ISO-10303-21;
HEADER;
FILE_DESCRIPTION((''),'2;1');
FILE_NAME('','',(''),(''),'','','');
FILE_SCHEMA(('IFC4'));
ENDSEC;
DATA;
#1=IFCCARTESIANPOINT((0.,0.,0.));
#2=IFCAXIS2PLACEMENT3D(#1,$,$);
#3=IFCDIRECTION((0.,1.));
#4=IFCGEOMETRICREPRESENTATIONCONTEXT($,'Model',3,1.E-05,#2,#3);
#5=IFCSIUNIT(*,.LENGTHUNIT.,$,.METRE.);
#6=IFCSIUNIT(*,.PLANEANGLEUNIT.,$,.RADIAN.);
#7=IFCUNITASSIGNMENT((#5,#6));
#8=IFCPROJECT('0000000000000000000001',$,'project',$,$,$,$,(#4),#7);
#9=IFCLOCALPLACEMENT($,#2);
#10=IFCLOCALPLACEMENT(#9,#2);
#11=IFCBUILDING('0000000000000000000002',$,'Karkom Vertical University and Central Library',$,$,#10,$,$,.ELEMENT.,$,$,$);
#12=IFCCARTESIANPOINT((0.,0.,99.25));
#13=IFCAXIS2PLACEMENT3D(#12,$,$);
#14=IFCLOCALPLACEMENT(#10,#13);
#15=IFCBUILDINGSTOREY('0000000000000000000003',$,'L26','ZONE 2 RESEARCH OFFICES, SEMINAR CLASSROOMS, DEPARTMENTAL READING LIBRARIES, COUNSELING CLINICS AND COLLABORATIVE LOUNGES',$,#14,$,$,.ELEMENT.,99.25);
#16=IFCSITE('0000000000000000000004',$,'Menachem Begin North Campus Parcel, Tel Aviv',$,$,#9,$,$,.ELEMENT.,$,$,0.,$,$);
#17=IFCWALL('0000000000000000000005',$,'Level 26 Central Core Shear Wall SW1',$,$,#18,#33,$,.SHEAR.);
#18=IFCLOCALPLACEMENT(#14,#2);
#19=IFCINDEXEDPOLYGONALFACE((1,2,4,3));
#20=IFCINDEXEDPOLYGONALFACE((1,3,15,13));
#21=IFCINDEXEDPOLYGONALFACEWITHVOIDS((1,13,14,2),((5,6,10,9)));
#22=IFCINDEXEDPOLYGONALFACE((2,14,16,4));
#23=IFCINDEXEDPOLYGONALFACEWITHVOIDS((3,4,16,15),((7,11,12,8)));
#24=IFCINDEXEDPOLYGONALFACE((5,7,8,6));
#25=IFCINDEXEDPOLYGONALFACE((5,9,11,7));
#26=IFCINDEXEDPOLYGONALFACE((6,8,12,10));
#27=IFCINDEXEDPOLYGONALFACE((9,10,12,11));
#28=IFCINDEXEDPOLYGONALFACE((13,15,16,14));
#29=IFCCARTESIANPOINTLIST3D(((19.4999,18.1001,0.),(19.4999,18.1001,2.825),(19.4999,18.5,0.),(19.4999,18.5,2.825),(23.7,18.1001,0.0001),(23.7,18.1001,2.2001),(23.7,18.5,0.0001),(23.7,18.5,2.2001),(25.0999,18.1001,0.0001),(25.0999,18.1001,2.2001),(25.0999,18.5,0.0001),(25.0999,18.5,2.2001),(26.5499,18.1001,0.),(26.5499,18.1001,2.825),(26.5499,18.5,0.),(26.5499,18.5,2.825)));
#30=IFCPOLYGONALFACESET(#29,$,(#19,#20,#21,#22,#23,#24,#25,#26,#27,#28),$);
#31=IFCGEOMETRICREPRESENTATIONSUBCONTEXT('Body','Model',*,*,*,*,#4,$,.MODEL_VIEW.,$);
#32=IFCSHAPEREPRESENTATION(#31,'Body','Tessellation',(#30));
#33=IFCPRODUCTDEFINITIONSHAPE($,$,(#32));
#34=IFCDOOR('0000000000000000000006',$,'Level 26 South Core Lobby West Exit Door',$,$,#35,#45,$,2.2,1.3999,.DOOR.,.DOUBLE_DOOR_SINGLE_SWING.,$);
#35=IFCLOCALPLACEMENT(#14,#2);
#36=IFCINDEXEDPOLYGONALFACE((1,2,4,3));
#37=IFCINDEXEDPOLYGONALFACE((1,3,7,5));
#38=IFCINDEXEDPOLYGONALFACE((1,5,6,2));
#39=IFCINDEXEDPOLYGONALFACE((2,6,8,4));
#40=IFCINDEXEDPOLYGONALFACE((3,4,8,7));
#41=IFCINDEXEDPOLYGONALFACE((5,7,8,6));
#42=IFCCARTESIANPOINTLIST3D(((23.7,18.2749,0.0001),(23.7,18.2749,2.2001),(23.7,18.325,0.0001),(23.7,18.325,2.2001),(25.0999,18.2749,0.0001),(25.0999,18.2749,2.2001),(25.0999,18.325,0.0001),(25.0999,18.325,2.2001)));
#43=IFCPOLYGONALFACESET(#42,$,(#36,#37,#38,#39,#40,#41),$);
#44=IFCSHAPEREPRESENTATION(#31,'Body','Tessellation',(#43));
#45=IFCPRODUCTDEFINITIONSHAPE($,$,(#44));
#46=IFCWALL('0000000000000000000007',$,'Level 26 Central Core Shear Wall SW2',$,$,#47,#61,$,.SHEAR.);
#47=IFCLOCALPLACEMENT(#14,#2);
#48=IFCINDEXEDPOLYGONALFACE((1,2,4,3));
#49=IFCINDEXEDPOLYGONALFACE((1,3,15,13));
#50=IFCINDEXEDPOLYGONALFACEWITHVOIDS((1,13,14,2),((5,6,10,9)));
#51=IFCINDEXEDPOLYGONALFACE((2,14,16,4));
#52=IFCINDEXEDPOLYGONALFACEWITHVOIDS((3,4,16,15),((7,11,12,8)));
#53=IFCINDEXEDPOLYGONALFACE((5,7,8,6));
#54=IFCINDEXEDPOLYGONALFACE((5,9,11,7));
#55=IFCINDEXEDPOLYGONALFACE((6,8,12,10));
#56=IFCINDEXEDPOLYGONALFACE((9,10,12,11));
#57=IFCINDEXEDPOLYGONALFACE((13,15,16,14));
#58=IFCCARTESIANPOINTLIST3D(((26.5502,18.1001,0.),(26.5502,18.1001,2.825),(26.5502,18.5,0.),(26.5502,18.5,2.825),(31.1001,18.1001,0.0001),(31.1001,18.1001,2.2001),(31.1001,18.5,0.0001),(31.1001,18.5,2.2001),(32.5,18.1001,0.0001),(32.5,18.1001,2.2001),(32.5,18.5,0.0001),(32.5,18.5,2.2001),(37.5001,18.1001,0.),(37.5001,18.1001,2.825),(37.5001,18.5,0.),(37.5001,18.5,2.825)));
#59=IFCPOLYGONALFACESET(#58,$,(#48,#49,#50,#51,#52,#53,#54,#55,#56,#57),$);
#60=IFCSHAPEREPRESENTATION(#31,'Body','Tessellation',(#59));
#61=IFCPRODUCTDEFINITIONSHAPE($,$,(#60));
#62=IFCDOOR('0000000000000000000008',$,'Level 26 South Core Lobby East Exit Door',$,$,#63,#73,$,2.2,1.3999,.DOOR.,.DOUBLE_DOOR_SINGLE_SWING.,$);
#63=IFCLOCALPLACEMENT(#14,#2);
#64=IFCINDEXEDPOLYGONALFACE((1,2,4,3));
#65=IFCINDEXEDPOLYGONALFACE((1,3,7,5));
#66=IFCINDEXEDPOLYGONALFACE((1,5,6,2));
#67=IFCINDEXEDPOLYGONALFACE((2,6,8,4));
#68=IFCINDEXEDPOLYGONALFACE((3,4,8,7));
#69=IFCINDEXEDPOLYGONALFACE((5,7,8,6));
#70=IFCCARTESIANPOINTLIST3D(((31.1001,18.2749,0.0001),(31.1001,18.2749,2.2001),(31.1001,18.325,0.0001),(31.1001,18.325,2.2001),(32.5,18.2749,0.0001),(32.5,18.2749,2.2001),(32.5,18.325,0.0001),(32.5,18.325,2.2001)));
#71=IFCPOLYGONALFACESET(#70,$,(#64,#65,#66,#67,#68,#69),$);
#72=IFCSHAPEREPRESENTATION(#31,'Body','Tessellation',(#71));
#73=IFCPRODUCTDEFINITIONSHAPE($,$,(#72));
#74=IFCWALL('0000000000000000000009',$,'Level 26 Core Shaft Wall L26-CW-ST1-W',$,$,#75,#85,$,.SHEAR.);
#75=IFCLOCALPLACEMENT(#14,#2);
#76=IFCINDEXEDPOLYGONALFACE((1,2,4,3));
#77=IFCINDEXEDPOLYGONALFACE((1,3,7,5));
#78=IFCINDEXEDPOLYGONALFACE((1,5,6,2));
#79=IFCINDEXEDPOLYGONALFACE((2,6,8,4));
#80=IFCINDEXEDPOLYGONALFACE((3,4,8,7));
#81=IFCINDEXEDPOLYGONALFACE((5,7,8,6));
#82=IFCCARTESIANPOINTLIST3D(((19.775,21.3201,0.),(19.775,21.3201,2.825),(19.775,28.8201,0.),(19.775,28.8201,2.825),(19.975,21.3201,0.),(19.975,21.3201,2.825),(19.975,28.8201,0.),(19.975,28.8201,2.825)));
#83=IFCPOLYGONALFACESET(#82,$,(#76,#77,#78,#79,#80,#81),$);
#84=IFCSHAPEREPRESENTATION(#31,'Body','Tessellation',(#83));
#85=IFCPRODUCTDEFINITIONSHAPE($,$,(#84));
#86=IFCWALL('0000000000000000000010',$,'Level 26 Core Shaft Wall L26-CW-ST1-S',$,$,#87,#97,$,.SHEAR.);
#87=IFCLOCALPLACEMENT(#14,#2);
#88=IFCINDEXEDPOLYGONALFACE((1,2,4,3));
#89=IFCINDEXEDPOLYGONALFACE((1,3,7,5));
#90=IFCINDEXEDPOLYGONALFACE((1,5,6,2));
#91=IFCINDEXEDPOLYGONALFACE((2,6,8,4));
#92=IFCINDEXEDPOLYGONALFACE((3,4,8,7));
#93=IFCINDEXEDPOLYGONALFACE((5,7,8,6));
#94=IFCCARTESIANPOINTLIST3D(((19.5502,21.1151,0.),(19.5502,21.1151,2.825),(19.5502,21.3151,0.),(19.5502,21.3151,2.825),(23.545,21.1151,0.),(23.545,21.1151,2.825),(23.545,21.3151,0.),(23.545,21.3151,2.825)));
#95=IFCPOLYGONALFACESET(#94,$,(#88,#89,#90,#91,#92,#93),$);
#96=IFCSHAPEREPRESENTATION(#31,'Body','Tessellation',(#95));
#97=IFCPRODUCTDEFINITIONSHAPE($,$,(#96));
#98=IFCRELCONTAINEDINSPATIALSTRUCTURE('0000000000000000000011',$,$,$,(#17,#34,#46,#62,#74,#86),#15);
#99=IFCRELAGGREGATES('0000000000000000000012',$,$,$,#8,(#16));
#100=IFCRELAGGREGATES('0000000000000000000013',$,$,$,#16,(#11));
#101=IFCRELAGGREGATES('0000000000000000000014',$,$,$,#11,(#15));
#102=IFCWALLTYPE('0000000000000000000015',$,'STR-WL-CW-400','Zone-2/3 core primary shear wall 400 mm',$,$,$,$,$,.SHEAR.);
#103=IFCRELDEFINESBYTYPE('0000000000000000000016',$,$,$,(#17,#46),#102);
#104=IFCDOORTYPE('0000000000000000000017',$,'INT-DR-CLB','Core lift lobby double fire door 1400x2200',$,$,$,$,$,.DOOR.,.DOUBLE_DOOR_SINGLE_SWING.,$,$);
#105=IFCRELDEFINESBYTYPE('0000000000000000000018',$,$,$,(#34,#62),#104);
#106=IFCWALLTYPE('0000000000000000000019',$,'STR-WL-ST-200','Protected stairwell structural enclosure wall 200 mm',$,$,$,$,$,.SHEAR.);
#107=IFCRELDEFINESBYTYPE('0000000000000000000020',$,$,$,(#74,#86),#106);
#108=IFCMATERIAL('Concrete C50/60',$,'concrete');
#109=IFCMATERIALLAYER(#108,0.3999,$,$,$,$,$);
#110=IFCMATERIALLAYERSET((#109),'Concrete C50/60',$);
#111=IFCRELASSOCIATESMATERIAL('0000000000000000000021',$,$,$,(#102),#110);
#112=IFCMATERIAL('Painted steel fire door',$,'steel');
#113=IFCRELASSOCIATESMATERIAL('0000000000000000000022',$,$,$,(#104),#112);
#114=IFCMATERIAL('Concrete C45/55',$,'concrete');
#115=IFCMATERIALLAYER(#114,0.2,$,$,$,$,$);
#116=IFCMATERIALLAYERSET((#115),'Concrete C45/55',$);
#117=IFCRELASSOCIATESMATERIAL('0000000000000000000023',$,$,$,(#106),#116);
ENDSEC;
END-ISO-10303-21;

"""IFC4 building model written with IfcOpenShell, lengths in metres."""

from ifc_helpers import new_model, si_unit, direction, frame, frame_2d, origin, origin_with_axes, place, context, subcontext, project, spatial, rectangle, extrude, source, transform, mapped, material, layer, layer_set, type_object, element, fill, save


model = new_model("IFC4")

# Units and contexts
model_context = context("Model", 3, precision=1e-05, world=origin(), true_north=direction((0.0, 1.0)))
body_context = subcontext(model_context, "Body", "Model", "MODEL_VIEW")
ifc_project = project(units=[si_unit("LENGTHUNIT", "METRE"), si_unit("PLANEANGLEUNIT", "RADIAN")], contexts=[model_context])

# Site, building, storey
site_placement = place(None, origin())
site = spatial("IfcSite", under=ifc_project, at=site_placement, Name="Menachem Begin North Campus Parcel, Tel Aviv", CompositionType="ELEMENT", RefElevation=0.0)
building_placement = place(site_placement, origin())
building = spatial("IfcBuilding", under=site, at=building_placement, Name="Karkom Vertical University and Central Library", CompositionType="ELEMENT")
storey_placement = place(building_placement, frame((0.0, 0.0, 99.25)))
storey = spatial("IfcBuildingStorey", under=building, at=storey_placement, Name="L26", Description="ZONE 2 RESEARCH OFFICES, SEMINAR CLASSROOMS, DEPARTMENTAL READING LIBRARIES, COUNSELING CLINICS AND COLLABORATIVE LOUNGES", CompositionType="ELEMENT", Elevation=99.25)

# Shared definitions
ifc_material_1 = material(Name="Concrete C50/60", Category="concrete")

# Walls, openings, doors
ifc_layer_1 = layer(ifc_material_1, 0.3999)
ifc_layer_set_1 = layer_set([ifc_layer_1], Name="Concrete C50/60")
wall_type_1 = type_object("IfcWallType", Name="STR-WL-CW-400", Description="Zone-2/3 core primary shear wall 400 mm", PredefinedType="SHEAR", material=ifc_layer_set_1)
wall_1_placement = place(storey_placement, frame((19.5, 18.3, 0.0), z_axis=(0.0, 0.0, 1.0), x_axis=(1.0, 0.0, 0.0)))
wall_1 = element("IfcWall", 1, at=wall_1_placement, inside=storey, type_object=wall_type_1, Name="Level 26 Central Core Shear Wall SW1", PredefinedType="SHEAR", context=body_context, shape_type="SweptSolid", body=[
    extrude(rectangle(XDim=7.05, YDim=0.3999, at=frame_2d((3.5249, 0.0))), origin(), (0.0, 0.0, 1.0), 2.825),
])
opening_1_placement = place(wall_1_placement, frame((4.2, 0.0, 0.0)))
opening_1 = element("IfcOpeningElement", 2, at=opening_1_placement, cuts=wall_1, PredefinedType="OPENING", context=body_context, shape_type="SweptSolid", body=[
    extrude(rectangle(XDim=1.3999, YDim=2.2, at=frame_2d((0.7, 1.1001))), frame((0.0, 0.21, 0.0), z_axis=(0.0, -1.0, 0.0), x_axis=(1.0, 0.0, 0.0)), (0.0, 0.0, 1.0), 0.4199),
])
ifc_material_2 = material(Name="Painted steel fire door", Category="steel")
door_type_1 = type_object("IfcDoorType", Name="INT-DR-CLB", Description="Core lift lobby double fire door 1400x2200", OperationType="DOUBLE_DOOR_SINGLE_SWING", PredefinedType="DOOR", material=ifc_material_2)
shared_shape_1 = source(origin_with_axes(), body_context, "Body", "SweptSolid", [
    extrude(rectangle(XDim=1.3999, YDim=2.2, at=frame_2d((0.7, 1.1001))), frame((0.0, 0.0249, 0.0), z_axis=(0.0, -1.0, 0.0), x_axis=(1.0, 0.0, 0.0)), (0.0, 0.0, 1.0), 0.05),
])
door_1_placement = place(opening_1_placement, origin())
door_1 = element("IfcDoor", 3, at=door_1_placement, inside=storey, type_object=door_type_1, Name="Level 26 South Core Lobby West Exit Door", OperationType="DOUBLE_DOOR_SINGLE_SWING", OverallHeight=2.2, OverallWidth=1.3999, PredefinedType="DOOR", context=body_context, shape_type="MappedRepresentation", body=[
    mapped(shared_shape_1, transform((0.0, 0.0, 0.0), scale=1.0)),
])
fill(opening_1, door_1)
wall_2_placement = place(storey_placement, frame((26.55, 18.3, 0.0), z_axis=(0.0, 0.0, 1.0), x_axis=(1.0, 0.0, 0.0)))
wall_2 = element("IfcWall", 4, at=wall_2_placement, inside=storey, type_object=wall_type_1, Name="Level 26 Central Core Shear Wall SW2", PredefinedType="SHEAR", context=body_context, shape_type="SweptSolid", body=[
    extrude(rectangle(XDim=10.95, YDim=0.3999, at=frame_2d((5.4751, 0.0))), origin(), (0.0, 0.0, 1.0), 2.825),
])
opening_2_placement = place(wall_2_placement, frame((4.55, 0.0, 0.0)))
opening_2 = element("IfcOpeningElement", 5, at=opening_2_placement, cuts=wall_2, PredefinedType="OPENING", context=body_context, shape_type="SweptSolid", body=[
    extrude(rectangle(XDim=1.3999, YDim=2.2, at=frame_2d((0.7, 1.1001))), frame((0.0, 0.21, 0.0), z_axis=(0.0, -1.0, 0.0), x_axis=(1.0, 0.0, 0.0)), (0.0, 0.0, 1.0), 0.4199),
])
door_2_placement = place(opening_2_placement, origin())
door_2 = element("IfcDoor", 6, at=door_2_placement, inside=storey, type_object=door_type_1, Name="Level 26 South Core Lobby East Exit Door", OperationType="DOUBLE_DOOR_SINGLE_SWING", OverallHeight=2.2, OverallWidth=1.3999, PredefinedType="DOOR", context=body_context, shape_type="MappedRepresentation", body=[
    mapped(shared_shape_1, transform((0.0, 0.0, 0.0), scale=1.0)),
])
fill(opening_2, door_2)

# Shared definitions
ifc_material_3 = material(Name="Concrete C45/55", Category="concrete")
ifc_layer_2 = layer(ifc_material_3, 0.2)
ifc_layer_set_2 = layer_set([ifc_layer_2], Name="Concrete C45/55")
wall_type_2 = type_object("IfcWallType", Name="STR-WL-ST-200", Description="Protected stairwell structural enclosure wall 200 mm", PredefinedType="SHEAR", material=ifc_layer_set_2)

# Walls
wall_3_placement = place(storey_placement, frame((19.875, 21.3201, 0.0), z_axis=(0.0, 0.0, 1.0), x_axis=(0.0, 1.0, 0.0)))
element("IfcWall", 7, at=wall_3_placement, inside=storey, type_object=wall_type_2, Name="Level 26 Core Shaft Wall L26-CW-ST1-W", PredefinedType="SHEAR", context=body_context, shape_type="SweptSolid", body=[
    extrude(rectangle(XDim=7.5, YDim=0.2, at=frame_2d((3.75, 0.0))), origin(), (0.0, 0.0, 1.0), 2.825),
])
wall_4_placement = place(storey_placement, frame((19.55, 21.2151, 0.0), z_axis=(0.0, 0.0, 1.0), x_axis=(1.0, 0.0, 0.0)))
element("IfcWall", 8, at=wall_4_placement, inside=storey, type_object=wall_type_2, Name="Level 26 Core Shaft Wall L26-CW-ST1-S", PredefinedType="SHEAR", context=body_context, shape_type="SweptSolid", body=[
    extrude(rectangle(XDim=3.9949, YDim=0.2, at=frame_2d((1.9976, 0.0))), origin(), (0.0, 0.0, 1.0), 2.825),
])

save(model, "model.ifc")
